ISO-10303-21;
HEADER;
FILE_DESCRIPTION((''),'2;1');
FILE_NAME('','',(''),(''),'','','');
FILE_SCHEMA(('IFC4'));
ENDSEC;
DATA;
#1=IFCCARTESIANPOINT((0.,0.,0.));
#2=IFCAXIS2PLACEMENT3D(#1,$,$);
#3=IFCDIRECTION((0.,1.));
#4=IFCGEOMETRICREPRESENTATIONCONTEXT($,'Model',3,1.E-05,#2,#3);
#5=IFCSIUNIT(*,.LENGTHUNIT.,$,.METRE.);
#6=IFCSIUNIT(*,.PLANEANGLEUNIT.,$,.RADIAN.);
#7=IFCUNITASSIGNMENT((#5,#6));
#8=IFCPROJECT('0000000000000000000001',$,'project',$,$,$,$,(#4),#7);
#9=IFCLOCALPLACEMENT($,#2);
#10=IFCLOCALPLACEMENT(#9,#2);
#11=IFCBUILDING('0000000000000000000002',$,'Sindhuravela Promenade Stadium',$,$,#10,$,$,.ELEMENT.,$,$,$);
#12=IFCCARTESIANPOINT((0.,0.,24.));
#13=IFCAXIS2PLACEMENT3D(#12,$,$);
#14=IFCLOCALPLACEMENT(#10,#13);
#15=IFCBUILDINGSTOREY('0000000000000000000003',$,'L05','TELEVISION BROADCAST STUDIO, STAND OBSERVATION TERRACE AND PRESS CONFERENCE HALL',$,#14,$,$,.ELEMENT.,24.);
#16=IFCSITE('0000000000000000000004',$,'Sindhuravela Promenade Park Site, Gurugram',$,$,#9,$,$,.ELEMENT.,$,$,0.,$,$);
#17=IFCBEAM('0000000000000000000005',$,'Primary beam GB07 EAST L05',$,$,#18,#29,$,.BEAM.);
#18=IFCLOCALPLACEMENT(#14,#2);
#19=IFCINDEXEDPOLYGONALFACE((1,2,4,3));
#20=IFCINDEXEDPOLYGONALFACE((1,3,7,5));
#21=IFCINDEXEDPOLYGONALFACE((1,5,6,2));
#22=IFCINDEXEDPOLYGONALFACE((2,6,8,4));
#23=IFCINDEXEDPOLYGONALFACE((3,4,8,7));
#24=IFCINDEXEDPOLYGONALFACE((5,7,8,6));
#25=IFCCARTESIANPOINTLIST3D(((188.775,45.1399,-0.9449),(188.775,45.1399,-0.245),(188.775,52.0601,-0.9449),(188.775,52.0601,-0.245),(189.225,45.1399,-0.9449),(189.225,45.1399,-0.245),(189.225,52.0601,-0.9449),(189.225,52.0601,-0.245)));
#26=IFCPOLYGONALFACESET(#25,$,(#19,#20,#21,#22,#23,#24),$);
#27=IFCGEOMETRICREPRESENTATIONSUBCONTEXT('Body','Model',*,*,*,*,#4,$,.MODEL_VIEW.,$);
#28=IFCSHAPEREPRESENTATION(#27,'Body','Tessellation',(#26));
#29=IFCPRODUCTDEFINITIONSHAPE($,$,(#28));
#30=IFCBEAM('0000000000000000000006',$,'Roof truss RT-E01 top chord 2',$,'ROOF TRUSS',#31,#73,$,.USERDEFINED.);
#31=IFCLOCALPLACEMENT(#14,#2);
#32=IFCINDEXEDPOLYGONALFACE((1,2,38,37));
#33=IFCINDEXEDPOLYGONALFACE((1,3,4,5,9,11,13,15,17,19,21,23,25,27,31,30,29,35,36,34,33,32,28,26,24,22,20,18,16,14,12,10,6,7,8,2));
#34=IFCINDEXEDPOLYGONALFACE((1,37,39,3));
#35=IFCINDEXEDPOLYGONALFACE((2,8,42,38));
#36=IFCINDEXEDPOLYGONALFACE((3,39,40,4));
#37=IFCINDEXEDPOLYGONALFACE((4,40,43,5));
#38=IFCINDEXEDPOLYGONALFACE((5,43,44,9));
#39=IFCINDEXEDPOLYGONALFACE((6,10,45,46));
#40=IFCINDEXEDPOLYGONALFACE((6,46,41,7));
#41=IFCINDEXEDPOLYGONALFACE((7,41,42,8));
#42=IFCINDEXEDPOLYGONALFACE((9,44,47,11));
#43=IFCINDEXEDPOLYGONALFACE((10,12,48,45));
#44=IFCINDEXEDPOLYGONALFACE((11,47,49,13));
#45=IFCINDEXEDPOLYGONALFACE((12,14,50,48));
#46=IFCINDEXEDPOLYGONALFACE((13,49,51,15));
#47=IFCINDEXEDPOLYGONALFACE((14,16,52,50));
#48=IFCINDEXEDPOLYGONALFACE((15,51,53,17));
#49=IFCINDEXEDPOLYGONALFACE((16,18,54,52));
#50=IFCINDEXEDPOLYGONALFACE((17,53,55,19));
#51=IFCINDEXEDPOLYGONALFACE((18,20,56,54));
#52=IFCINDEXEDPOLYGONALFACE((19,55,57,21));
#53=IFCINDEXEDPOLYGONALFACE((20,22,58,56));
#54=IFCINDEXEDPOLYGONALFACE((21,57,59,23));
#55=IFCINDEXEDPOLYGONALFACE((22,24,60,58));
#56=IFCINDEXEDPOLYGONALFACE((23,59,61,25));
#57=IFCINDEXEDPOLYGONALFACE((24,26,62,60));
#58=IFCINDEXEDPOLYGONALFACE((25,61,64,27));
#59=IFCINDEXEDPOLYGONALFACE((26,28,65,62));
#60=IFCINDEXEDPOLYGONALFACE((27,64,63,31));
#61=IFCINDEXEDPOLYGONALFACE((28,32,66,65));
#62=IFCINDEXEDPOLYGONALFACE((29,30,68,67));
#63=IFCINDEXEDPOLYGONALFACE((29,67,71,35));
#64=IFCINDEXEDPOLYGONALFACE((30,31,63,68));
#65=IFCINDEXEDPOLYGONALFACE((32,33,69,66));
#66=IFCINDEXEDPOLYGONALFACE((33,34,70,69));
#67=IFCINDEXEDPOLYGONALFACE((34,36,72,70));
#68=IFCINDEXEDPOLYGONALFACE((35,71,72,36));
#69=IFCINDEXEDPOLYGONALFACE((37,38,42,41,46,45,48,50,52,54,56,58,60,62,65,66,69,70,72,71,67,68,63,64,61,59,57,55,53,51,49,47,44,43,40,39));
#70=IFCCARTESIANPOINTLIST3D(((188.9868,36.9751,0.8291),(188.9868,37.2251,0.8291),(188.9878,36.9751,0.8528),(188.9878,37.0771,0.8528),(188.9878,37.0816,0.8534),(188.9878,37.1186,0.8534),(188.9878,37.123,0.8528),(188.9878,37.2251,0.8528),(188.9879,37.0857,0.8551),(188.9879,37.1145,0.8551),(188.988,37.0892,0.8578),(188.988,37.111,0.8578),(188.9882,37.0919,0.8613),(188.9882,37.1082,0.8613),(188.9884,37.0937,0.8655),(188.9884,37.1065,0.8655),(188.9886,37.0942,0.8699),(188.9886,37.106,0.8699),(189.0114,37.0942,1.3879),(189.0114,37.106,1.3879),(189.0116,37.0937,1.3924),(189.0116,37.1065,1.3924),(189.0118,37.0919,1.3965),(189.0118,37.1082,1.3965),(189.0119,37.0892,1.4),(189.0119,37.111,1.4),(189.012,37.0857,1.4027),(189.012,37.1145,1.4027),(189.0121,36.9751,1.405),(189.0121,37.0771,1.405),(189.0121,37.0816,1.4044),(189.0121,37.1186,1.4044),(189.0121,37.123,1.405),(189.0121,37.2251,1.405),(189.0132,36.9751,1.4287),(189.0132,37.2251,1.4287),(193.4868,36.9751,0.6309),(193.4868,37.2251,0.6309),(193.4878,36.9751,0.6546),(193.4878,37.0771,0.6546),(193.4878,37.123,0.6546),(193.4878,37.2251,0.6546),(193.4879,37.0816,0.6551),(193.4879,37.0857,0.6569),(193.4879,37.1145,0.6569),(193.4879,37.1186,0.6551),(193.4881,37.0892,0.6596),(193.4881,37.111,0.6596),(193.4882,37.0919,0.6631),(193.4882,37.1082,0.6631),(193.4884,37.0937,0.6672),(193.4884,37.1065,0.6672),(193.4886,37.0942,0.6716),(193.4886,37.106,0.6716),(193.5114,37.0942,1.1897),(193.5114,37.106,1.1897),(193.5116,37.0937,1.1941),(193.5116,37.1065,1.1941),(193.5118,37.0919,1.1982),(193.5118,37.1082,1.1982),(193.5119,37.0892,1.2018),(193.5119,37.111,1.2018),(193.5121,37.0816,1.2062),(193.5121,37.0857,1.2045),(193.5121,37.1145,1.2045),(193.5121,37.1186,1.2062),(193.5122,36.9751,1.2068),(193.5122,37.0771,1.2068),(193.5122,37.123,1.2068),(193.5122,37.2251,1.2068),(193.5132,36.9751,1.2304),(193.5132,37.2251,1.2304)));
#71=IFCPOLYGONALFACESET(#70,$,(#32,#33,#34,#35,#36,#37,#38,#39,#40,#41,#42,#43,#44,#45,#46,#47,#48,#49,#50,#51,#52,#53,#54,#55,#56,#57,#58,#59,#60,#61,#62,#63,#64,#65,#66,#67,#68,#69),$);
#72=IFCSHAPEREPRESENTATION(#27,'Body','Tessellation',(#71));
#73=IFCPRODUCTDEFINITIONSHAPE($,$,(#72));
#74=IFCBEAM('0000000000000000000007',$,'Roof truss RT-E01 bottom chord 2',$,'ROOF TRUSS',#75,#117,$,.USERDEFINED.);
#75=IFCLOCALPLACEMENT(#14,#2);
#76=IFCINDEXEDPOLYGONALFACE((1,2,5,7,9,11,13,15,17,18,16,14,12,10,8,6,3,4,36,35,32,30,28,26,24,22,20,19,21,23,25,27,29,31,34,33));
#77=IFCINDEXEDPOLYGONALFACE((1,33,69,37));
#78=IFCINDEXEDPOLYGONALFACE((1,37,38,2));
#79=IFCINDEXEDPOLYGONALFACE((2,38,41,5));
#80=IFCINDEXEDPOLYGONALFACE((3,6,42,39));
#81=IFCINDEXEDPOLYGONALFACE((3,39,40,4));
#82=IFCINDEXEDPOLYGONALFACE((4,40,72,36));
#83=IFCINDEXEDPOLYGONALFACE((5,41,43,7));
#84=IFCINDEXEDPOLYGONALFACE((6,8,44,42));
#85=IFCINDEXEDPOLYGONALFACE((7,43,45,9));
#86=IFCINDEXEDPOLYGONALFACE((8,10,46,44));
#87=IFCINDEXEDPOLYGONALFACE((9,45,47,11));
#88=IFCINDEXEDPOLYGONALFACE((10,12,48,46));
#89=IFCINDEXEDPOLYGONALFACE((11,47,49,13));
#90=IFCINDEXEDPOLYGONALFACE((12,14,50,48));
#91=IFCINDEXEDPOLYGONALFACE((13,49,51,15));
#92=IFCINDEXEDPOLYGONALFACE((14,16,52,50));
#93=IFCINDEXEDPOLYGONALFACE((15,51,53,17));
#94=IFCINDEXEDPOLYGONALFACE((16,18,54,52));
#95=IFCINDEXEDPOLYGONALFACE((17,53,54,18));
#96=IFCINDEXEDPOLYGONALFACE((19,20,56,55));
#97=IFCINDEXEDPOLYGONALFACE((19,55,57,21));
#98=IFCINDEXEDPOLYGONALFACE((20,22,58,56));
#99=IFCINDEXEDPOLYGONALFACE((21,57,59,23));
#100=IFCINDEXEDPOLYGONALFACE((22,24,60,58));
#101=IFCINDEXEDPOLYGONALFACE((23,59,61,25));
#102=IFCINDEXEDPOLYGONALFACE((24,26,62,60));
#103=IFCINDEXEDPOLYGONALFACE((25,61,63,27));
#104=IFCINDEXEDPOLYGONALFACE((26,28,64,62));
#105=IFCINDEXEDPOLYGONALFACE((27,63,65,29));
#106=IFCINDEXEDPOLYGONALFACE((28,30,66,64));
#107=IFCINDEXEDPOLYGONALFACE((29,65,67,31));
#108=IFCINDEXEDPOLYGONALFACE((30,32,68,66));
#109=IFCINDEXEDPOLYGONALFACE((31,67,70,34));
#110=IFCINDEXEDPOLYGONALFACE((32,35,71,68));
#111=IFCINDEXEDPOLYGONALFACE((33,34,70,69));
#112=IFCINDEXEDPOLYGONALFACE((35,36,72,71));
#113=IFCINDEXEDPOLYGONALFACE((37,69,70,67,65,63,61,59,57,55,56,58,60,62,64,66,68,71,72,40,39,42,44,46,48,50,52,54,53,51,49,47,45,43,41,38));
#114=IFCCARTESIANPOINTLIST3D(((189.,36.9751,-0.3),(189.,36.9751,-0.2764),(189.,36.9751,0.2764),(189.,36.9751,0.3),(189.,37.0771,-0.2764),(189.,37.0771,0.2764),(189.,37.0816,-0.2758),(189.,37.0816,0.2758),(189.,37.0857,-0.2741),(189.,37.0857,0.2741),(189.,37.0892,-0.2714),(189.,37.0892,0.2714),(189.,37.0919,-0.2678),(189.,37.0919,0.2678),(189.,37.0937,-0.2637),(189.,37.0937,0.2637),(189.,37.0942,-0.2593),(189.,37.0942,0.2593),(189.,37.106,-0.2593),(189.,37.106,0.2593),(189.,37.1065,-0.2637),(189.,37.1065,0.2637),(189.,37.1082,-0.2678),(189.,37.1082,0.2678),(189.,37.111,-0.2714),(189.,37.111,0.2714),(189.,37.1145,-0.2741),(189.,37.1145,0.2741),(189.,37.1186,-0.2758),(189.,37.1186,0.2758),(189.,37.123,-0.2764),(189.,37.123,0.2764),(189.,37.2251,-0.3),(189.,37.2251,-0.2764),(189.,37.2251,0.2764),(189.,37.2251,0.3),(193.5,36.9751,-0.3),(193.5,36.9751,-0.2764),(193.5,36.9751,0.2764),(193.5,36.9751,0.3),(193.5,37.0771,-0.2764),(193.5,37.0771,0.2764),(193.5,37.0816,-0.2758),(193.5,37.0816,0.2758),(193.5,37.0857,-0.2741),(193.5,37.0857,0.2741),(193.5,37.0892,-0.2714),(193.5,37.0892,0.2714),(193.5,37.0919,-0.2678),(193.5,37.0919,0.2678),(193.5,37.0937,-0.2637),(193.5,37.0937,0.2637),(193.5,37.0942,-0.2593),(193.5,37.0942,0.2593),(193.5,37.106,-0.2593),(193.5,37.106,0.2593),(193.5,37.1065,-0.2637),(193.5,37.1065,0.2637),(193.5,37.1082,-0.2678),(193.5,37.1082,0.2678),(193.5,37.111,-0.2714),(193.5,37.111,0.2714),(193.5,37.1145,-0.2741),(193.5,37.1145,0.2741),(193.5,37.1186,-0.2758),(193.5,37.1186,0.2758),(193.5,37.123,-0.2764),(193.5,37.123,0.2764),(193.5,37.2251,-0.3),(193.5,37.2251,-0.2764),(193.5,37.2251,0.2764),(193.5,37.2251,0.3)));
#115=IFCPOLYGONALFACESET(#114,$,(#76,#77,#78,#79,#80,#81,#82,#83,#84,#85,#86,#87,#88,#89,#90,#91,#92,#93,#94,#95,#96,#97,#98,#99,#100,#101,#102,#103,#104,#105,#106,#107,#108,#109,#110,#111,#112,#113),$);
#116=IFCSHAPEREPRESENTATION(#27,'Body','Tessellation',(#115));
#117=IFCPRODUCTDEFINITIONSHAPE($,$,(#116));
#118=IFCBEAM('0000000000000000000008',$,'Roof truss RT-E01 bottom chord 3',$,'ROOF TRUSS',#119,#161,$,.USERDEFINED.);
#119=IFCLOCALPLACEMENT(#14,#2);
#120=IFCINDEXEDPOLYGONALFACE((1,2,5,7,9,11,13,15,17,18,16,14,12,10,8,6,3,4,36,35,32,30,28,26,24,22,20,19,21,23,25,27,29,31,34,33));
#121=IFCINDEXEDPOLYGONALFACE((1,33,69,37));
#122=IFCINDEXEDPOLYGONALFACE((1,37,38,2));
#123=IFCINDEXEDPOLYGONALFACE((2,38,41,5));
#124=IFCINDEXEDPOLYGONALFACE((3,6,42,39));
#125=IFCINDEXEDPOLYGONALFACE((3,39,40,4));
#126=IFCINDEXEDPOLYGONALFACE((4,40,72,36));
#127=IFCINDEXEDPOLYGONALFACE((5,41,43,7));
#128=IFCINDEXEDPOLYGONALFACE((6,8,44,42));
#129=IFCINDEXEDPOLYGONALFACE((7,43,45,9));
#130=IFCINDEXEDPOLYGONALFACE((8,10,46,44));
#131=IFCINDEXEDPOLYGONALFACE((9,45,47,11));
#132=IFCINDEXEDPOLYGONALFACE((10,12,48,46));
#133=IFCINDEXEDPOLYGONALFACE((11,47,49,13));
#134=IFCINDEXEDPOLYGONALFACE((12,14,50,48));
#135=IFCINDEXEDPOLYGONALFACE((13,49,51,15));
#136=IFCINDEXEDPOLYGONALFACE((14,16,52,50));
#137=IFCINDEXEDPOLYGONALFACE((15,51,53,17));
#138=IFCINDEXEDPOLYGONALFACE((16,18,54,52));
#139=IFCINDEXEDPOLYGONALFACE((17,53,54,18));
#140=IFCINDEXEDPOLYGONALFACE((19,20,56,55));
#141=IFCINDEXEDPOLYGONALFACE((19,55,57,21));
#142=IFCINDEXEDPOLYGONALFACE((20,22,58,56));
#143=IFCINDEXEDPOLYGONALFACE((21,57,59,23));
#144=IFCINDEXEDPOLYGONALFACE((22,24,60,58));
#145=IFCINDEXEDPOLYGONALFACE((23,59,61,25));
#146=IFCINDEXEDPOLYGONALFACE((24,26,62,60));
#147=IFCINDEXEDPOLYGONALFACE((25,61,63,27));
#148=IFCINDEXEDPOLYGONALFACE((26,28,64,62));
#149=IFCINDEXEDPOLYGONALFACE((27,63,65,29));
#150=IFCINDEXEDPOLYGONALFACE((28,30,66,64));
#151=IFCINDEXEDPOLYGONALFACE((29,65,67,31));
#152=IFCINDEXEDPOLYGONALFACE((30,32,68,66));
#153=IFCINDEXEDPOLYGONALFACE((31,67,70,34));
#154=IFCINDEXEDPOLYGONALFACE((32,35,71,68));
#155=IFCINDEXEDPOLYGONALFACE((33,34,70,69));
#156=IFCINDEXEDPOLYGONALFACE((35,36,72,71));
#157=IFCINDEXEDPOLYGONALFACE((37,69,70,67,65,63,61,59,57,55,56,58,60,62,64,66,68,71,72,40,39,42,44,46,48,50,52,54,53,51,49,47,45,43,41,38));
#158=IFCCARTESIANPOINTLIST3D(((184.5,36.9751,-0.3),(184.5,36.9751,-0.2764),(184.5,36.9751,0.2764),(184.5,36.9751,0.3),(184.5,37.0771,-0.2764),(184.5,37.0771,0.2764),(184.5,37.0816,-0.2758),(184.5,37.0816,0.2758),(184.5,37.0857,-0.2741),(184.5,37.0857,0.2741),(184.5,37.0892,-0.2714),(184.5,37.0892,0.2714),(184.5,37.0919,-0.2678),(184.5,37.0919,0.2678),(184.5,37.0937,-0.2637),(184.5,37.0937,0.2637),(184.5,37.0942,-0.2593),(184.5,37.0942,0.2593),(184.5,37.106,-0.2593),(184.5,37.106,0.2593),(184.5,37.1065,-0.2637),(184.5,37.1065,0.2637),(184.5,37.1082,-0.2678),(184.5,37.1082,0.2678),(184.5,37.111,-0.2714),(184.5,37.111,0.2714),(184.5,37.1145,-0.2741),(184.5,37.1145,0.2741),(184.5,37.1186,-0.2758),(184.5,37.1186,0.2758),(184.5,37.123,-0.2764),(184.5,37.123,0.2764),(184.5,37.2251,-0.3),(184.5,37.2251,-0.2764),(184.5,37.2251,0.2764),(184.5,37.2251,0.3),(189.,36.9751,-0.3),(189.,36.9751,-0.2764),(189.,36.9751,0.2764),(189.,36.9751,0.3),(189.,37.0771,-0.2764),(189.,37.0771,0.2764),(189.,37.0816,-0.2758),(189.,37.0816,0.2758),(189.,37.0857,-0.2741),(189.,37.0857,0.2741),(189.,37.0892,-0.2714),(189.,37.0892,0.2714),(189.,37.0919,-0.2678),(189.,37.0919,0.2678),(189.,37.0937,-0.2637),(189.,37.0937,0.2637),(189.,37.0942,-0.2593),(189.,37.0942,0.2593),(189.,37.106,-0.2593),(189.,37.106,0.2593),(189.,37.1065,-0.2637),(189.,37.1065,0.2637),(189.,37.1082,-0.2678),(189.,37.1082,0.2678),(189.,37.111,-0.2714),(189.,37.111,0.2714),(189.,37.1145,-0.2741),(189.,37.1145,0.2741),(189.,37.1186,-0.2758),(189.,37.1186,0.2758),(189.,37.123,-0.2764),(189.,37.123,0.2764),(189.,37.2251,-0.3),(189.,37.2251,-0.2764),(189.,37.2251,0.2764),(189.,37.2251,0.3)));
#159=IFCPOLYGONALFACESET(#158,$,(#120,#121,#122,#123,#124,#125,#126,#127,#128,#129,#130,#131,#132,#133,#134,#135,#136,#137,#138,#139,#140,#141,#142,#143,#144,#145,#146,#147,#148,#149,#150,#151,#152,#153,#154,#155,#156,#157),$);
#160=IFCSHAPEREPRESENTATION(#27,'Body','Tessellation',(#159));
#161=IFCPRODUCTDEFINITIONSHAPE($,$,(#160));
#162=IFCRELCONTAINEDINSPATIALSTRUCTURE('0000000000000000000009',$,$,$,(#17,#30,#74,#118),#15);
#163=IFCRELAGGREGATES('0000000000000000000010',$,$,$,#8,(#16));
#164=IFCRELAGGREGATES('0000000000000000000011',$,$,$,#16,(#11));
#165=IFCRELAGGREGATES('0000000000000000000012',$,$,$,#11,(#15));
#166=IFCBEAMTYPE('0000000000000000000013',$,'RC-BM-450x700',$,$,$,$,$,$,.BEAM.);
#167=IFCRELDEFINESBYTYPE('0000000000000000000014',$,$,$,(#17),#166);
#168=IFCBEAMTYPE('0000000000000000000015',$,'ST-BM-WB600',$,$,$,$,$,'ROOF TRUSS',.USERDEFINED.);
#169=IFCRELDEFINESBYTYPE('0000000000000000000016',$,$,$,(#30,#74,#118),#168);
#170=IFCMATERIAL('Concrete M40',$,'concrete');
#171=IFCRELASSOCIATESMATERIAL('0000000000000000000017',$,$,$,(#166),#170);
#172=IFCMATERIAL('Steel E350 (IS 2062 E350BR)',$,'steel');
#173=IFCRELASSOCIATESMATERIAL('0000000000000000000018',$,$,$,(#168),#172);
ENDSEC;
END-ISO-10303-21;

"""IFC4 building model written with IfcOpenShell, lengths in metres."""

from ifc_helpers import new_model, si_unit, direction, frame, origin, origin_2d, place, context, subcontext, project, spatial, rectangle, i_section, extrude, material, material_profile, profile_set, type_object, element, save


model = new_model("IFC4")

# Units and contexts
model_context = context("Model", 3, precision=1e-05, world=origin(), true_north=direction((0.0, 1.0)))
body_context = subcontext(model_context, "Body", "Model", "MODEL_VIEW")
ifc_project = project(units=[si_unit("LENGTHUNIT", "METRE"), si_unit("PLANEANGLEUNIT", "RADIAN")], contexts=[model_context])

# Site, building, storey
site_placement = place(None, origin())
site = spatial("IfcSite", under=ifc_project, at=site_placement, Name="Sindhuravela Promenade Park Site, Gurugram", CompositionType="ELEMENT", RefElevation=0.0)
building_placement = place(site_placement, origin())
building = spatial("IfcBuilding", under=site, at=building_placement, Name="Sindhuravela Promenade Stadium", CompositionType="ELEMENT")
storey_placement = place(building_placement, frame((0.0, 0.0, 24.0)))
storey = spatial("IfcBuildingStorey", under=building, at=storey_placement, Name="L05", Description="TELEVISION BROADCAST STUDIO, STAND OBSERVATION TERRACE AND PRESS CONFERENCE HALL", CompositionType="ELEMENT", Elevation=24.0)

# Beams
ifc_material_1 = material(Name="Concrete M40", Category="concrete")
ifc_material_profile_1 = material_profile(ifc_material_1, rectangle(XDim=0.45, YDim=0.7, at=origin_2d()), Name="RC 450x700")
ifc_profile_set_1 = profile_set([ifc_material_profile_1], Name="Concrete M40")
beam_type_1 = type_object("IfcBeamType", Name="RC-BM-450x700", PredefinedType="BEAM", material=ifc_profile_set_1)
beam_1_placement = place(storey_placement, frame((189.0, 45.1399, -0.595), z_axis=(0.0, 1.0, 0.0), x_axis=(-1.0, 0.0, 0.0)))
element("IfcBeam", 1, at=beam_1_placement, inside=storey, type_object=beam_type_1, Name="Primary beam GB07 EAST L05", PredefinedType="BEAM", context=body_context, shape_type="SweptSolid", body=[
    extrude(rectangle(XDim=0.45, YDim=0.7, at=origin_2d()), origin(), (0.0, 0.0, 1.0), 6.9202),
])
ifc_material_2 = material(Name="Steel E350 (IS 2062 E350BR)", Category="steel")
ifc_material_profile_2 = material_profile(ifc_material_2, i_section(OverallWidth=0.25, OverallDepth=0.6001, WebThickness=0.0117, FlangeThickness=0.0237, FilletRadius=0.0171, at=origin_2d()), Name="ISWB 600")
ifc_profile_set_2 = profile_set([ifc_material_profile_2], Name="Steel E350 (IS 2062 E350BR)")
beam_type_2 = type_object("IfcBeamType", Name="ST-BM-WB600", ElementType="ROOF TRUSS", PredefinedType="USERDEFINED", material=ifc_profile_set_2)
beam_2_placement = place(storey_placement, frame((193.5, 37.1001, 0.9307), z_axis=(-0.999031, 0.0, 0.044011), x_axis=(0.0, -1.0, 0.0)))
element("IfcBeam", 2, at=beam_2_placement, inside=storey, type_object=beam_type_2, Name="Roof truss RT-E01 top chord 2", ObjectType="ROOF TRUSS", PredefinedType="USERDEFINED", context=body_context, shape_type="SweptSolid", body=[
    extrude(i_section(OverallWidth=0.25, OverallDepth=0.6001, WebThickness=0.0117, FlangeThickness=0.0237, FilletRadius=0.0171, at=origin_2d()), origin(), (0.0, 0.0, 1.0), 4.5044),
])
for number, where, z_axis, x_axis, name in (
    (3, (193.5, 37.1001, 0.0), (-1.0, 0.0, 0.0), (0.0, -1.0, 0.0), "Roof truss RT-E01 bottom chord 2"),
    (4, (189.0, 37.1001, 0.0), (-1.0, 0.0, 0.0), (0.0, -1.0, 0.0), "Roof truss RT-E01 bottom chord 3"),
):
    element("IfcBeam", number, at=place(storey_placement, frame(where, z_axis=z_axis, x_axis=x_axis)), inside=storey, type_object=beam_type_2, Name=name, ObjectType="ROOF TRUSS", PredefinedType="USERDEFINED", context=body_context, shape_type="SweptSolid", body=[
        extrude(i_section(OverallWidth=0.25, OverallDepth=0.6001, WebThickness=0.0117, FlangeThickness=0.0237, FilletRadius=0.0171, at=origin_2d()), origin(), (0.0, 0.0, 1.0), 4.5),
    ])

save(model, "model.ifc")
